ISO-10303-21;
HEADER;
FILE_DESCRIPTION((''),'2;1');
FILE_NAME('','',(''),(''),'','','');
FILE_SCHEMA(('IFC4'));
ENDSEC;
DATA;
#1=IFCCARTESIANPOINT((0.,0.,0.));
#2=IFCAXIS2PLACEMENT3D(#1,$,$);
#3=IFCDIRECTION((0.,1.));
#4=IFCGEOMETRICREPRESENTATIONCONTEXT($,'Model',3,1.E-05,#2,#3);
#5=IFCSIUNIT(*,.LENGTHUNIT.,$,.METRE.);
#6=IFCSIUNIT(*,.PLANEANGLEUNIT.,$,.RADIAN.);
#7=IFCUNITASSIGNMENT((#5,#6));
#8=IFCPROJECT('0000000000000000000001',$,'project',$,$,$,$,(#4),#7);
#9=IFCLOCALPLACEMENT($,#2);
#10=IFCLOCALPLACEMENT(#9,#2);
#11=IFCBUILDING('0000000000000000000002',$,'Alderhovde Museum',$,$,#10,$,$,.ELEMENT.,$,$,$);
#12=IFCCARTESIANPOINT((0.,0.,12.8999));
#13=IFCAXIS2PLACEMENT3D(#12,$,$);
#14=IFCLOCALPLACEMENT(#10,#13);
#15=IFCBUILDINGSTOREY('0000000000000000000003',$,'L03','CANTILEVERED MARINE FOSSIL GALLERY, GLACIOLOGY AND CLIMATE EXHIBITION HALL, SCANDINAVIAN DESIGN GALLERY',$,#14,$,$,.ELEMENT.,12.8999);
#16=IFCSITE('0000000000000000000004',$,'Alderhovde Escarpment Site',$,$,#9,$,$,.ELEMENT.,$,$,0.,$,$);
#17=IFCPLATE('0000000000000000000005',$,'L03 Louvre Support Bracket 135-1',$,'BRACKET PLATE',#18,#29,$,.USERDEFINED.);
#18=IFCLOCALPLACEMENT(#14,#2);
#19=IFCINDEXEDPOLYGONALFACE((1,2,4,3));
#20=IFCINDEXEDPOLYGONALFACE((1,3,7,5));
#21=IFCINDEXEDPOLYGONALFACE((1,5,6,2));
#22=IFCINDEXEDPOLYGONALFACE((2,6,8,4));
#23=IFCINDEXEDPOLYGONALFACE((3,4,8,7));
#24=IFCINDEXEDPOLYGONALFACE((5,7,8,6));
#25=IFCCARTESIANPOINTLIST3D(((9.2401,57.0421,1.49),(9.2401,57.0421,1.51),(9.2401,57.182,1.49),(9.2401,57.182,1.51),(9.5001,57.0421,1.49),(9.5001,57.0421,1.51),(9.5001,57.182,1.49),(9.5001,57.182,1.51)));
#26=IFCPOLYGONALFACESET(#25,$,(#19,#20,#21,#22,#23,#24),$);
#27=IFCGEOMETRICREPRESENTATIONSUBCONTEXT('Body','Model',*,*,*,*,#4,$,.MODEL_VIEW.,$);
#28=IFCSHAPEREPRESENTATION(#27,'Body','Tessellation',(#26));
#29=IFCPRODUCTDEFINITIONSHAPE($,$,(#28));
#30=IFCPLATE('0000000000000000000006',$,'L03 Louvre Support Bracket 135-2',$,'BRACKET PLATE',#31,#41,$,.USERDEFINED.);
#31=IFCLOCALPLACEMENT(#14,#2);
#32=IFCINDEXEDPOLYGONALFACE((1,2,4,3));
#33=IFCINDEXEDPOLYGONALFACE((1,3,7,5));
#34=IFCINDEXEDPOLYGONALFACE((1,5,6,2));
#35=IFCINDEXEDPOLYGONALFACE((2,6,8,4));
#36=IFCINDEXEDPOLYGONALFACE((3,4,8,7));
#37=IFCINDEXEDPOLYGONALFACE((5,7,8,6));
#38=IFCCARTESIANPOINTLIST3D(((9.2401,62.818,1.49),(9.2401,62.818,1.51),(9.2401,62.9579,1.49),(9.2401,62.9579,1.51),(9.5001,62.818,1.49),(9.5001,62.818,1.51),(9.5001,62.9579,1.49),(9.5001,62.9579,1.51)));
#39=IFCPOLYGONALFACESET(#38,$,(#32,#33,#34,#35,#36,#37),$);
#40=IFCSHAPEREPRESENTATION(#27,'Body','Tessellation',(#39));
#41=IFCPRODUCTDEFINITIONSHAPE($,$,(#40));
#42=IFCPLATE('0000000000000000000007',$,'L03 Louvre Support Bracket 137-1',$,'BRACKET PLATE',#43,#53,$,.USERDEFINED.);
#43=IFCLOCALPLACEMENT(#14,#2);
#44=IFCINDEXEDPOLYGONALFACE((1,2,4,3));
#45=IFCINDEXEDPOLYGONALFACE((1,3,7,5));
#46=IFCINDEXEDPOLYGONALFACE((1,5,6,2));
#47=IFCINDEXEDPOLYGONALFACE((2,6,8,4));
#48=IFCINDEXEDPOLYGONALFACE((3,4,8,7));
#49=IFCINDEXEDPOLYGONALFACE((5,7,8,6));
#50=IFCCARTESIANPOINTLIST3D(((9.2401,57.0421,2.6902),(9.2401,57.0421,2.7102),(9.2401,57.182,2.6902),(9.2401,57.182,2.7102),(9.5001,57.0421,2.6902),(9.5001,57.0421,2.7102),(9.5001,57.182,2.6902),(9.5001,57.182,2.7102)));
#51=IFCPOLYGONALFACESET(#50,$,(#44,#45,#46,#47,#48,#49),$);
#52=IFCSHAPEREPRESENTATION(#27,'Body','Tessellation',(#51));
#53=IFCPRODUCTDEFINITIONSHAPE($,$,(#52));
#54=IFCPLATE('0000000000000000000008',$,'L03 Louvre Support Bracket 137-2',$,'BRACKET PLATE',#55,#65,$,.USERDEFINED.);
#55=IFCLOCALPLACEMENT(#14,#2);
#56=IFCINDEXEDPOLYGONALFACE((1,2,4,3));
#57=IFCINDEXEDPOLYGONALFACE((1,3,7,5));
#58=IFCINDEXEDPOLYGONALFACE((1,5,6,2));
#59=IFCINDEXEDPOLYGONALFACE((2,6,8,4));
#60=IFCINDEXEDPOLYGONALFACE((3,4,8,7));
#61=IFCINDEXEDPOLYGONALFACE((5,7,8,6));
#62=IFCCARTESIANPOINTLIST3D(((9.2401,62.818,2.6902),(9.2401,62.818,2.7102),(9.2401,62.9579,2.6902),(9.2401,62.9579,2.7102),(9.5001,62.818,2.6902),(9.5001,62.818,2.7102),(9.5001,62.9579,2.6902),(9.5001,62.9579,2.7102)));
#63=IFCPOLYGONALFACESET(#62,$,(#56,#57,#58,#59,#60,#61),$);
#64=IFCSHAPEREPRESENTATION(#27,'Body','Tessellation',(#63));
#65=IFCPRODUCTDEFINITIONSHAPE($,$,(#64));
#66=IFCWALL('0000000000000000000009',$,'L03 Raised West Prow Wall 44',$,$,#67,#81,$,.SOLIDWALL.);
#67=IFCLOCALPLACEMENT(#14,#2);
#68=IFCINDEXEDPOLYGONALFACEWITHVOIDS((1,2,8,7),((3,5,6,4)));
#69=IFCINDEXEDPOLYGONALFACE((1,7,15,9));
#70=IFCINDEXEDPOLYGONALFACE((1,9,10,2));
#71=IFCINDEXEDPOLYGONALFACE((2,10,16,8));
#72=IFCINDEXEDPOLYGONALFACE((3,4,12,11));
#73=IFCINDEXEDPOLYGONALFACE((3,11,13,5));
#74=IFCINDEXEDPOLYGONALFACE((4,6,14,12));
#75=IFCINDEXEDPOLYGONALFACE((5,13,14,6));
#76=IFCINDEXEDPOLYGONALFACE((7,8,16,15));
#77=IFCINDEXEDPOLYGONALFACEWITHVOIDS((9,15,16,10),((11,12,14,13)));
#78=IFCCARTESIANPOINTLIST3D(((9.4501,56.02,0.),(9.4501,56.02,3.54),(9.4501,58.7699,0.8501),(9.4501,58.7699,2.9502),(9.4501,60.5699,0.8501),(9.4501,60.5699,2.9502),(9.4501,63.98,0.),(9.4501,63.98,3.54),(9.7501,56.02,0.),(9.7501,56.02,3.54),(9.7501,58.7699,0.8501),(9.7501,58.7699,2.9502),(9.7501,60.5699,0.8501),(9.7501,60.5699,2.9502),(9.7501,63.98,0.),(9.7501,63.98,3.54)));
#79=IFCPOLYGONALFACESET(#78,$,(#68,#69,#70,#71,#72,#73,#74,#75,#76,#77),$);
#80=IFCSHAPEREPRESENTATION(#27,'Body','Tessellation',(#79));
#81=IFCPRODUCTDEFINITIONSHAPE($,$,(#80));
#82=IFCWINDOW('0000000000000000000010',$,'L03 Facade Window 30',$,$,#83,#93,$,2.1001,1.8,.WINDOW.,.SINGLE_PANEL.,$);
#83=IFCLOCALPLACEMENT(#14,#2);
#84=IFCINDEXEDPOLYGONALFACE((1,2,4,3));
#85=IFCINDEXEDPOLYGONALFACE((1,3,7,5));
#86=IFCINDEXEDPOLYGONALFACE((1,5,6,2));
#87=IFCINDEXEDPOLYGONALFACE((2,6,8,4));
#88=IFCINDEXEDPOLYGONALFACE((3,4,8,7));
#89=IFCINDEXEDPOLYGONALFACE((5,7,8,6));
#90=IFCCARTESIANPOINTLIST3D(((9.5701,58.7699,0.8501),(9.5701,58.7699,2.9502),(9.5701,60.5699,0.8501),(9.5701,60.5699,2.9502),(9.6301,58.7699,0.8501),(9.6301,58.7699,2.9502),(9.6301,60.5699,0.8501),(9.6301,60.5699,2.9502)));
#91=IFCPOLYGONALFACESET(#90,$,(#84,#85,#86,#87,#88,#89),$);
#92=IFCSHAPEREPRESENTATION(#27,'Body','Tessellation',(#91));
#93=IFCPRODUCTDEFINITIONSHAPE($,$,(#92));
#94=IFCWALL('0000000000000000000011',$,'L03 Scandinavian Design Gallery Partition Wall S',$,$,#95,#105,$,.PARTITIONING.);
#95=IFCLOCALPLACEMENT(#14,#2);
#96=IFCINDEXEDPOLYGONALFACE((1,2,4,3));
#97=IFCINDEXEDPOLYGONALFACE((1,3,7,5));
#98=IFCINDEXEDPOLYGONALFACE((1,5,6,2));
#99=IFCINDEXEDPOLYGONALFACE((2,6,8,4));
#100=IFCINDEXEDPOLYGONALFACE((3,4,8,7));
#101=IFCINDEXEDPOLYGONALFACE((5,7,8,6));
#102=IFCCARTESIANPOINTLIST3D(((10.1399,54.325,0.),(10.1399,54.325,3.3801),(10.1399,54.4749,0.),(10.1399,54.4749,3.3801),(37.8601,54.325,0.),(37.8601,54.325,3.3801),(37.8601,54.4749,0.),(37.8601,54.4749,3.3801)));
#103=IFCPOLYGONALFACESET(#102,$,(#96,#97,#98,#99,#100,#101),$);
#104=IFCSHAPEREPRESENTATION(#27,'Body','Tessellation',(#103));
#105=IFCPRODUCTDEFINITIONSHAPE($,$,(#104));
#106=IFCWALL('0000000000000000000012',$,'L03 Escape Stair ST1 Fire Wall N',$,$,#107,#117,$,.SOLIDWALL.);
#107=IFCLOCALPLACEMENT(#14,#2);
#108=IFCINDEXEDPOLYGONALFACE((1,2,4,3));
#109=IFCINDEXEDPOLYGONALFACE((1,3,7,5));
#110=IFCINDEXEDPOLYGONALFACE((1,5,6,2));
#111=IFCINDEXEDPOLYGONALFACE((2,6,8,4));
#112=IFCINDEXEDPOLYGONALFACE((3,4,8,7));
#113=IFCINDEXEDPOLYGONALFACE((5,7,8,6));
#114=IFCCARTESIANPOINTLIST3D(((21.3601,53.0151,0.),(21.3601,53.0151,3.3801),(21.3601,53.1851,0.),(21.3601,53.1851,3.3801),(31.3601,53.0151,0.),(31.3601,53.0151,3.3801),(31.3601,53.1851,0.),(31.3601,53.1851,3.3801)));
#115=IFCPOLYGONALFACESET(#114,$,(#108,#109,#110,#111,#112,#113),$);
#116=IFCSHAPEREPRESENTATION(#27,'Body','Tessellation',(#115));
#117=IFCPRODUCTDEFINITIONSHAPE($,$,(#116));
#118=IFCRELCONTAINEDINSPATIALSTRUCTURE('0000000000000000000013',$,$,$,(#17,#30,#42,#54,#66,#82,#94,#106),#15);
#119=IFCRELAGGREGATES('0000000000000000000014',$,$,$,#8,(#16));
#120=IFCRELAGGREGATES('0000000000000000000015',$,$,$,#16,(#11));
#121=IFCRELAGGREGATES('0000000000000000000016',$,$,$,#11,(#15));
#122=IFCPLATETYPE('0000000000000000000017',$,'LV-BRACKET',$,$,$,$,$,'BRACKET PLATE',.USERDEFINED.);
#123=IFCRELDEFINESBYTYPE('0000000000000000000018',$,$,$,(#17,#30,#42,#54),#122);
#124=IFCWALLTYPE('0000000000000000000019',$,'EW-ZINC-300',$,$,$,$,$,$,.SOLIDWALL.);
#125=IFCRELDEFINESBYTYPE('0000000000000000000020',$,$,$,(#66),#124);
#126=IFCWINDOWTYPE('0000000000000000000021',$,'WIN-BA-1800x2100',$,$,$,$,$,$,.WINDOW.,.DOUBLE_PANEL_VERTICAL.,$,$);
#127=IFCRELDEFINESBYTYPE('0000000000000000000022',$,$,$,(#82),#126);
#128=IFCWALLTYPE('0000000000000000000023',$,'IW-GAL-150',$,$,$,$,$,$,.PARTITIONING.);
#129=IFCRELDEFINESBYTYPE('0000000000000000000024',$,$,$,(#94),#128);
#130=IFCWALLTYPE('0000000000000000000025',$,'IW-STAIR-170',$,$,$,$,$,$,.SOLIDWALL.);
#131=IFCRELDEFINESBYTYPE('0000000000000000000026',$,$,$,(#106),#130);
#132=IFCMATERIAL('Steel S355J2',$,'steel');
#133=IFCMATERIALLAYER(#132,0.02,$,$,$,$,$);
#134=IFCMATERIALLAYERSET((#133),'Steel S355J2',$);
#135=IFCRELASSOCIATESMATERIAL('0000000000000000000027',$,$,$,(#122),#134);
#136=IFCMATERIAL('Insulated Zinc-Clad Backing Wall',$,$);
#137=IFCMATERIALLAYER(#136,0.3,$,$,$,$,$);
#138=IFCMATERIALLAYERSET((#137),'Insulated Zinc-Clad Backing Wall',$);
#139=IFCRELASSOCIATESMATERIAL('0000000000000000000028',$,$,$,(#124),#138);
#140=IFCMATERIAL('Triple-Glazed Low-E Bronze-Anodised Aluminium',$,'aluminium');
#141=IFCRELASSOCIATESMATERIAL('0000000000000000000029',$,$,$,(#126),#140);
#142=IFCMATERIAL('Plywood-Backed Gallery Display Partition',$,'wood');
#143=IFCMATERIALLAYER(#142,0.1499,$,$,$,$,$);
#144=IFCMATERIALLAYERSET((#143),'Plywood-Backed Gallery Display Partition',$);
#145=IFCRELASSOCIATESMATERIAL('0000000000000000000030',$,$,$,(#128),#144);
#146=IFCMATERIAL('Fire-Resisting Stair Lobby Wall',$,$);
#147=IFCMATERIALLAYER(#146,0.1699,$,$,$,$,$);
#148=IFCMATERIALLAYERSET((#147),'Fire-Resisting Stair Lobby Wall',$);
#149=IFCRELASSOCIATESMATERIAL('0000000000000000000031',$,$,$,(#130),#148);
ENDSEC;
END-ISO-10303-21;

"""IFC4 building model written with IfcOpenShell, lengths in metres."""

from ifc_helpers import new_model, si_unit, direction, frame, frame_2d, origin, origin_2d, place, context, subcontext, project, spatial, rectangle, extrude, material, layer, layer_set, type_object, element, fill, save


model = new_model("IFC4")

# Units and contexts
model_context = context("Model", 3, precision=1e-05, world=origin(), true_north=direction((0.0, 1.0)))
body_context = subcontext(model_context, "Body", "Model", "MODEL_VIEW")
ifc_project = project(units=[si_unit("LENGTHUNIT", "METRE"), si_unit("PLANEANGLEUNIT", "RADIAN")], contexts=[model_context])

# Site, building, storey
site_placement = place(None, origin())
site = spatial("IfcSite", under=ifc_project, at=site_placement, Name="Alderhovde Escarpment Site", CompositionType="ELEMENT", RefElevation=0.0)
building_placement = place(site_placement, origin())
building = spatial("IfcBuilding", under=site, at=building_placement, Name="Alderhovde Museum", CompositionType="ELEMENT")
storey_placement = place(building_placement, frame((0.0, 0.0, 12.8999)))
storey = spatial("IfcBuildingStorey", under=building, at=storey_placement, Name="L03", Description="CANTILEVERED MARINE FOSSIL GALLERY, GLACIOLOGY AND CLIMATE EXHIBITION HALL, SCANDINAVIAN DESIGN GALLERY", CompositionType="ELEMENT", Elevation=12.8999)

# Plates
ifc_material_1 = material(Name="Steel S355J2", Category="steel")
ifc_layer_1 = layer(ifc_material_1, 0.02)
ifc_layer_set_1 = layer_set([ifc_layer_1], Name="Steel S355J2")
plate_type_1 = type_object("IfcPlateType", Name="LV-BRACKET", ElementType="BRACKET PLATE", PredefinedType="USERDEFINED", material=ifc_layer_set_1)
for number, where, z_axis, x_axis, name in (
    (1, (9.3701, 57.1121, 1.49), (0.0, 0.0, 1.0), (0.0, 1.0, 0.0), "L03 Louvre Support Bracket 135-1"),
    (2, (9.3701, 62.8879, 1.49), (0.0, 0.0, 1.0), (0.0, 1.0, 0.0), "L03 Louvre Support Bracket 135-2"),
    (3, (9.3701, 57.1121, 2.6902), (0.0, 0.0, 1.0), (0.0, 1.0, 0.0), "L03 Louvre Support Bracket 137-1"),
    (4, (9.3701, 62.8879, 2.6902), (0.0, 0.0, 1.0), (0.0, 1.0, 0.0), "L03 Louvre Support Bracket 137-2"),
):
    element("IfcPlate", number, at=place(storey_placement, frame(where, z_axis=z_axis, x_axis=x_axis)), inside=storey, type_object=plate_type_1, Name=name, ObjectType="BRACKET PLATE", PredefinedType="USERDEFINED", context=body_context, shape_type="SweptSolid", body=[
        extrude(rectangle(XDim=0.1399, YDim=0.26, at=origin_2d()), origin(), (0.0, 0.0, 1.0), 0.02),
    ])

# Wall, opening, window
ifc_material_2 = material(Name="Insulated Zinc-Clad Backing Wall")
ifc_layer_2 = layer(ifc_material_2, 0.3)
ifc_layer_set_2 = layer_set([ifc_layer_2], Name="Insulated Zinc-Clad Backing Wall")
wall_type_1 = type_object("IfcWallType", Name="EW-ZINC-300", PredefinedType="SOLIDWALL", material=ifc_layer_set_2)
wall_1_placement = place(storey_placement, frame((9.6001, 56.02, 0.0), z_axis=(0.0, 0.0, 1.0), x_axis=(0.0, 1.0, 0.0)))
wall_1 = element("IfcWall", 5, at=wall_1_placement, inside=storey, type_object=wall_type_1, Name="L03 Raised West Prow Wall 44", PredefinedType="SOLIDWALL", context=body_context, shape_type="SweptSolid", body=[
    extrude(rectangle(XDim=7.96, YDim=0.3, at=frame_2d((3.98, 0.0))), origin(), (0.0, 0.0, 1.0), 3.54),
])
opening_placement = place(wall_1_placement, frame((2.75, 0.0, 0.8501)))
opening = element("IfcOpeningElement", 6, at=opening_placement, cuts=wall_1, PredefinedType="OPENING", context=body_context, shape_type="SweptSolid", body=[
    extrude(rectangle(XDim=1.8, YDim=2.1001, at=frame_2d((0.8999, 1.05))), frame((0.0, 0.1599, 0.0), z_axis=(0.0, -1.0, 0.0), x_axis=(1.0, 0.0, 0.0)), (0.0, 0.0, 1.0), 0.3201),
])
ifc_material_3 = material(Name="Triple-Glazed Low-E Bronze-Anodised Aluminium", Category="aluminium")
window_type = type_object("IfcWindowType", Name="WIN-BA-1800x2100", PartitioningType="DOUBLE_PANEL_VERTICAL", PredefinedType="WINDOW", material=ifc_material_3)
window_placement = place(opening_placement, origin())
window = element("IfcWindow", 7, at=window_placement, inside=storey, type_object=window_type, Name="L03 Facade Window 30", OverallHeight=2.1001, OverallWidth=1.8, PartitioningType="SINGLE_PANEL", PredefinedType="WINDOW", context=body_context, shape_type="SweptSolid", body=[
    extrude(rectangle(XDim=1.8, YDim=2.1001, at=frame_2d((0.8999, 1.05))), frame((0.0, 0.03, 0.0), z_axis=(0.0, -1.0, 0.0), x_axis=(1.0, 0.0, 0.0)), (0.0, 0.0, 1.0), 0.0601),
])
fill(opening, window)

# Walls
ifc_material_4 = material(Name="Plywood-Backed Gallery Display Partition", Category="wood")
ifc_layer_3 = layer(ifc_material_4, 0.1499)
ifc_layer_set_3 = layer_set([ifc_layer_3], Name="Plywood-Backed Gallery Display Partition")
wall_type_2 = type_object("IfcWallType", Name="IW-GAL-150", PredefinedType="PARTITIONING", material=ifc_layer_set_3)
wall_2_placement = place(storey_placement, frame((10.1399, 54.3999, 0.0), z_axis=(0.0, 0.0, 1.0), x_axis=(1.0, 0.0, 0.0)))
element("IfcWall", 8, at=wall_2_placement, inside=storey, type_object=wall_type_2, Name="L03 Scandinavian Design Gallery Partition Wall S", PredefinedType="PARTITIONING", context=body_context, shape_type="SweptSolid", body=[
    extrude(rectangle(XDim=27.7202, YDim=0.1499, at=frame_2d((13.8601, 0.0))), origin(), (0.0, 0.0, 1.0), 3.3801),
])
ifc_material_5 = material(Name="Fire-Resisting Stair Lobby Wall")
ifc_layer_4 = layer(ifc_material_5, 0.1699)
ifc_layer_set_4 = layer_set([ifc_layer_4], Name="Fire-Resisting Stair Lobby Wall")
wall_type_3 = type_object("IfcWallType", Name="IW-STAIR-170", PredefinedType="SOLIDWALL", material=ifc_layer_set_4)
wall_3_placement = place(storey_placement, frame((21.3601, 53.1001, 0.0), z_axis=(0.0, 0.0, 1.0), x_axis=(1.0, 0.0, 0.0)))
element("IfcWall", 9, at=wall_3_placement, inside=storey, type_object=wall_type_3, Name="L03 Escape Stair ST1 Fire Wall N", PredefinedType="SOLIDWALL", context=body_context, shape_type="SweptSolid", body=[
    extrude(rectangle(XDim=10.0, YDim=0.1699, at=frame_2d((5.0, 0.0))), origin(), (0.0, 0.0, 1.0), 3.3801),
])

save(model, "model.ifc")
